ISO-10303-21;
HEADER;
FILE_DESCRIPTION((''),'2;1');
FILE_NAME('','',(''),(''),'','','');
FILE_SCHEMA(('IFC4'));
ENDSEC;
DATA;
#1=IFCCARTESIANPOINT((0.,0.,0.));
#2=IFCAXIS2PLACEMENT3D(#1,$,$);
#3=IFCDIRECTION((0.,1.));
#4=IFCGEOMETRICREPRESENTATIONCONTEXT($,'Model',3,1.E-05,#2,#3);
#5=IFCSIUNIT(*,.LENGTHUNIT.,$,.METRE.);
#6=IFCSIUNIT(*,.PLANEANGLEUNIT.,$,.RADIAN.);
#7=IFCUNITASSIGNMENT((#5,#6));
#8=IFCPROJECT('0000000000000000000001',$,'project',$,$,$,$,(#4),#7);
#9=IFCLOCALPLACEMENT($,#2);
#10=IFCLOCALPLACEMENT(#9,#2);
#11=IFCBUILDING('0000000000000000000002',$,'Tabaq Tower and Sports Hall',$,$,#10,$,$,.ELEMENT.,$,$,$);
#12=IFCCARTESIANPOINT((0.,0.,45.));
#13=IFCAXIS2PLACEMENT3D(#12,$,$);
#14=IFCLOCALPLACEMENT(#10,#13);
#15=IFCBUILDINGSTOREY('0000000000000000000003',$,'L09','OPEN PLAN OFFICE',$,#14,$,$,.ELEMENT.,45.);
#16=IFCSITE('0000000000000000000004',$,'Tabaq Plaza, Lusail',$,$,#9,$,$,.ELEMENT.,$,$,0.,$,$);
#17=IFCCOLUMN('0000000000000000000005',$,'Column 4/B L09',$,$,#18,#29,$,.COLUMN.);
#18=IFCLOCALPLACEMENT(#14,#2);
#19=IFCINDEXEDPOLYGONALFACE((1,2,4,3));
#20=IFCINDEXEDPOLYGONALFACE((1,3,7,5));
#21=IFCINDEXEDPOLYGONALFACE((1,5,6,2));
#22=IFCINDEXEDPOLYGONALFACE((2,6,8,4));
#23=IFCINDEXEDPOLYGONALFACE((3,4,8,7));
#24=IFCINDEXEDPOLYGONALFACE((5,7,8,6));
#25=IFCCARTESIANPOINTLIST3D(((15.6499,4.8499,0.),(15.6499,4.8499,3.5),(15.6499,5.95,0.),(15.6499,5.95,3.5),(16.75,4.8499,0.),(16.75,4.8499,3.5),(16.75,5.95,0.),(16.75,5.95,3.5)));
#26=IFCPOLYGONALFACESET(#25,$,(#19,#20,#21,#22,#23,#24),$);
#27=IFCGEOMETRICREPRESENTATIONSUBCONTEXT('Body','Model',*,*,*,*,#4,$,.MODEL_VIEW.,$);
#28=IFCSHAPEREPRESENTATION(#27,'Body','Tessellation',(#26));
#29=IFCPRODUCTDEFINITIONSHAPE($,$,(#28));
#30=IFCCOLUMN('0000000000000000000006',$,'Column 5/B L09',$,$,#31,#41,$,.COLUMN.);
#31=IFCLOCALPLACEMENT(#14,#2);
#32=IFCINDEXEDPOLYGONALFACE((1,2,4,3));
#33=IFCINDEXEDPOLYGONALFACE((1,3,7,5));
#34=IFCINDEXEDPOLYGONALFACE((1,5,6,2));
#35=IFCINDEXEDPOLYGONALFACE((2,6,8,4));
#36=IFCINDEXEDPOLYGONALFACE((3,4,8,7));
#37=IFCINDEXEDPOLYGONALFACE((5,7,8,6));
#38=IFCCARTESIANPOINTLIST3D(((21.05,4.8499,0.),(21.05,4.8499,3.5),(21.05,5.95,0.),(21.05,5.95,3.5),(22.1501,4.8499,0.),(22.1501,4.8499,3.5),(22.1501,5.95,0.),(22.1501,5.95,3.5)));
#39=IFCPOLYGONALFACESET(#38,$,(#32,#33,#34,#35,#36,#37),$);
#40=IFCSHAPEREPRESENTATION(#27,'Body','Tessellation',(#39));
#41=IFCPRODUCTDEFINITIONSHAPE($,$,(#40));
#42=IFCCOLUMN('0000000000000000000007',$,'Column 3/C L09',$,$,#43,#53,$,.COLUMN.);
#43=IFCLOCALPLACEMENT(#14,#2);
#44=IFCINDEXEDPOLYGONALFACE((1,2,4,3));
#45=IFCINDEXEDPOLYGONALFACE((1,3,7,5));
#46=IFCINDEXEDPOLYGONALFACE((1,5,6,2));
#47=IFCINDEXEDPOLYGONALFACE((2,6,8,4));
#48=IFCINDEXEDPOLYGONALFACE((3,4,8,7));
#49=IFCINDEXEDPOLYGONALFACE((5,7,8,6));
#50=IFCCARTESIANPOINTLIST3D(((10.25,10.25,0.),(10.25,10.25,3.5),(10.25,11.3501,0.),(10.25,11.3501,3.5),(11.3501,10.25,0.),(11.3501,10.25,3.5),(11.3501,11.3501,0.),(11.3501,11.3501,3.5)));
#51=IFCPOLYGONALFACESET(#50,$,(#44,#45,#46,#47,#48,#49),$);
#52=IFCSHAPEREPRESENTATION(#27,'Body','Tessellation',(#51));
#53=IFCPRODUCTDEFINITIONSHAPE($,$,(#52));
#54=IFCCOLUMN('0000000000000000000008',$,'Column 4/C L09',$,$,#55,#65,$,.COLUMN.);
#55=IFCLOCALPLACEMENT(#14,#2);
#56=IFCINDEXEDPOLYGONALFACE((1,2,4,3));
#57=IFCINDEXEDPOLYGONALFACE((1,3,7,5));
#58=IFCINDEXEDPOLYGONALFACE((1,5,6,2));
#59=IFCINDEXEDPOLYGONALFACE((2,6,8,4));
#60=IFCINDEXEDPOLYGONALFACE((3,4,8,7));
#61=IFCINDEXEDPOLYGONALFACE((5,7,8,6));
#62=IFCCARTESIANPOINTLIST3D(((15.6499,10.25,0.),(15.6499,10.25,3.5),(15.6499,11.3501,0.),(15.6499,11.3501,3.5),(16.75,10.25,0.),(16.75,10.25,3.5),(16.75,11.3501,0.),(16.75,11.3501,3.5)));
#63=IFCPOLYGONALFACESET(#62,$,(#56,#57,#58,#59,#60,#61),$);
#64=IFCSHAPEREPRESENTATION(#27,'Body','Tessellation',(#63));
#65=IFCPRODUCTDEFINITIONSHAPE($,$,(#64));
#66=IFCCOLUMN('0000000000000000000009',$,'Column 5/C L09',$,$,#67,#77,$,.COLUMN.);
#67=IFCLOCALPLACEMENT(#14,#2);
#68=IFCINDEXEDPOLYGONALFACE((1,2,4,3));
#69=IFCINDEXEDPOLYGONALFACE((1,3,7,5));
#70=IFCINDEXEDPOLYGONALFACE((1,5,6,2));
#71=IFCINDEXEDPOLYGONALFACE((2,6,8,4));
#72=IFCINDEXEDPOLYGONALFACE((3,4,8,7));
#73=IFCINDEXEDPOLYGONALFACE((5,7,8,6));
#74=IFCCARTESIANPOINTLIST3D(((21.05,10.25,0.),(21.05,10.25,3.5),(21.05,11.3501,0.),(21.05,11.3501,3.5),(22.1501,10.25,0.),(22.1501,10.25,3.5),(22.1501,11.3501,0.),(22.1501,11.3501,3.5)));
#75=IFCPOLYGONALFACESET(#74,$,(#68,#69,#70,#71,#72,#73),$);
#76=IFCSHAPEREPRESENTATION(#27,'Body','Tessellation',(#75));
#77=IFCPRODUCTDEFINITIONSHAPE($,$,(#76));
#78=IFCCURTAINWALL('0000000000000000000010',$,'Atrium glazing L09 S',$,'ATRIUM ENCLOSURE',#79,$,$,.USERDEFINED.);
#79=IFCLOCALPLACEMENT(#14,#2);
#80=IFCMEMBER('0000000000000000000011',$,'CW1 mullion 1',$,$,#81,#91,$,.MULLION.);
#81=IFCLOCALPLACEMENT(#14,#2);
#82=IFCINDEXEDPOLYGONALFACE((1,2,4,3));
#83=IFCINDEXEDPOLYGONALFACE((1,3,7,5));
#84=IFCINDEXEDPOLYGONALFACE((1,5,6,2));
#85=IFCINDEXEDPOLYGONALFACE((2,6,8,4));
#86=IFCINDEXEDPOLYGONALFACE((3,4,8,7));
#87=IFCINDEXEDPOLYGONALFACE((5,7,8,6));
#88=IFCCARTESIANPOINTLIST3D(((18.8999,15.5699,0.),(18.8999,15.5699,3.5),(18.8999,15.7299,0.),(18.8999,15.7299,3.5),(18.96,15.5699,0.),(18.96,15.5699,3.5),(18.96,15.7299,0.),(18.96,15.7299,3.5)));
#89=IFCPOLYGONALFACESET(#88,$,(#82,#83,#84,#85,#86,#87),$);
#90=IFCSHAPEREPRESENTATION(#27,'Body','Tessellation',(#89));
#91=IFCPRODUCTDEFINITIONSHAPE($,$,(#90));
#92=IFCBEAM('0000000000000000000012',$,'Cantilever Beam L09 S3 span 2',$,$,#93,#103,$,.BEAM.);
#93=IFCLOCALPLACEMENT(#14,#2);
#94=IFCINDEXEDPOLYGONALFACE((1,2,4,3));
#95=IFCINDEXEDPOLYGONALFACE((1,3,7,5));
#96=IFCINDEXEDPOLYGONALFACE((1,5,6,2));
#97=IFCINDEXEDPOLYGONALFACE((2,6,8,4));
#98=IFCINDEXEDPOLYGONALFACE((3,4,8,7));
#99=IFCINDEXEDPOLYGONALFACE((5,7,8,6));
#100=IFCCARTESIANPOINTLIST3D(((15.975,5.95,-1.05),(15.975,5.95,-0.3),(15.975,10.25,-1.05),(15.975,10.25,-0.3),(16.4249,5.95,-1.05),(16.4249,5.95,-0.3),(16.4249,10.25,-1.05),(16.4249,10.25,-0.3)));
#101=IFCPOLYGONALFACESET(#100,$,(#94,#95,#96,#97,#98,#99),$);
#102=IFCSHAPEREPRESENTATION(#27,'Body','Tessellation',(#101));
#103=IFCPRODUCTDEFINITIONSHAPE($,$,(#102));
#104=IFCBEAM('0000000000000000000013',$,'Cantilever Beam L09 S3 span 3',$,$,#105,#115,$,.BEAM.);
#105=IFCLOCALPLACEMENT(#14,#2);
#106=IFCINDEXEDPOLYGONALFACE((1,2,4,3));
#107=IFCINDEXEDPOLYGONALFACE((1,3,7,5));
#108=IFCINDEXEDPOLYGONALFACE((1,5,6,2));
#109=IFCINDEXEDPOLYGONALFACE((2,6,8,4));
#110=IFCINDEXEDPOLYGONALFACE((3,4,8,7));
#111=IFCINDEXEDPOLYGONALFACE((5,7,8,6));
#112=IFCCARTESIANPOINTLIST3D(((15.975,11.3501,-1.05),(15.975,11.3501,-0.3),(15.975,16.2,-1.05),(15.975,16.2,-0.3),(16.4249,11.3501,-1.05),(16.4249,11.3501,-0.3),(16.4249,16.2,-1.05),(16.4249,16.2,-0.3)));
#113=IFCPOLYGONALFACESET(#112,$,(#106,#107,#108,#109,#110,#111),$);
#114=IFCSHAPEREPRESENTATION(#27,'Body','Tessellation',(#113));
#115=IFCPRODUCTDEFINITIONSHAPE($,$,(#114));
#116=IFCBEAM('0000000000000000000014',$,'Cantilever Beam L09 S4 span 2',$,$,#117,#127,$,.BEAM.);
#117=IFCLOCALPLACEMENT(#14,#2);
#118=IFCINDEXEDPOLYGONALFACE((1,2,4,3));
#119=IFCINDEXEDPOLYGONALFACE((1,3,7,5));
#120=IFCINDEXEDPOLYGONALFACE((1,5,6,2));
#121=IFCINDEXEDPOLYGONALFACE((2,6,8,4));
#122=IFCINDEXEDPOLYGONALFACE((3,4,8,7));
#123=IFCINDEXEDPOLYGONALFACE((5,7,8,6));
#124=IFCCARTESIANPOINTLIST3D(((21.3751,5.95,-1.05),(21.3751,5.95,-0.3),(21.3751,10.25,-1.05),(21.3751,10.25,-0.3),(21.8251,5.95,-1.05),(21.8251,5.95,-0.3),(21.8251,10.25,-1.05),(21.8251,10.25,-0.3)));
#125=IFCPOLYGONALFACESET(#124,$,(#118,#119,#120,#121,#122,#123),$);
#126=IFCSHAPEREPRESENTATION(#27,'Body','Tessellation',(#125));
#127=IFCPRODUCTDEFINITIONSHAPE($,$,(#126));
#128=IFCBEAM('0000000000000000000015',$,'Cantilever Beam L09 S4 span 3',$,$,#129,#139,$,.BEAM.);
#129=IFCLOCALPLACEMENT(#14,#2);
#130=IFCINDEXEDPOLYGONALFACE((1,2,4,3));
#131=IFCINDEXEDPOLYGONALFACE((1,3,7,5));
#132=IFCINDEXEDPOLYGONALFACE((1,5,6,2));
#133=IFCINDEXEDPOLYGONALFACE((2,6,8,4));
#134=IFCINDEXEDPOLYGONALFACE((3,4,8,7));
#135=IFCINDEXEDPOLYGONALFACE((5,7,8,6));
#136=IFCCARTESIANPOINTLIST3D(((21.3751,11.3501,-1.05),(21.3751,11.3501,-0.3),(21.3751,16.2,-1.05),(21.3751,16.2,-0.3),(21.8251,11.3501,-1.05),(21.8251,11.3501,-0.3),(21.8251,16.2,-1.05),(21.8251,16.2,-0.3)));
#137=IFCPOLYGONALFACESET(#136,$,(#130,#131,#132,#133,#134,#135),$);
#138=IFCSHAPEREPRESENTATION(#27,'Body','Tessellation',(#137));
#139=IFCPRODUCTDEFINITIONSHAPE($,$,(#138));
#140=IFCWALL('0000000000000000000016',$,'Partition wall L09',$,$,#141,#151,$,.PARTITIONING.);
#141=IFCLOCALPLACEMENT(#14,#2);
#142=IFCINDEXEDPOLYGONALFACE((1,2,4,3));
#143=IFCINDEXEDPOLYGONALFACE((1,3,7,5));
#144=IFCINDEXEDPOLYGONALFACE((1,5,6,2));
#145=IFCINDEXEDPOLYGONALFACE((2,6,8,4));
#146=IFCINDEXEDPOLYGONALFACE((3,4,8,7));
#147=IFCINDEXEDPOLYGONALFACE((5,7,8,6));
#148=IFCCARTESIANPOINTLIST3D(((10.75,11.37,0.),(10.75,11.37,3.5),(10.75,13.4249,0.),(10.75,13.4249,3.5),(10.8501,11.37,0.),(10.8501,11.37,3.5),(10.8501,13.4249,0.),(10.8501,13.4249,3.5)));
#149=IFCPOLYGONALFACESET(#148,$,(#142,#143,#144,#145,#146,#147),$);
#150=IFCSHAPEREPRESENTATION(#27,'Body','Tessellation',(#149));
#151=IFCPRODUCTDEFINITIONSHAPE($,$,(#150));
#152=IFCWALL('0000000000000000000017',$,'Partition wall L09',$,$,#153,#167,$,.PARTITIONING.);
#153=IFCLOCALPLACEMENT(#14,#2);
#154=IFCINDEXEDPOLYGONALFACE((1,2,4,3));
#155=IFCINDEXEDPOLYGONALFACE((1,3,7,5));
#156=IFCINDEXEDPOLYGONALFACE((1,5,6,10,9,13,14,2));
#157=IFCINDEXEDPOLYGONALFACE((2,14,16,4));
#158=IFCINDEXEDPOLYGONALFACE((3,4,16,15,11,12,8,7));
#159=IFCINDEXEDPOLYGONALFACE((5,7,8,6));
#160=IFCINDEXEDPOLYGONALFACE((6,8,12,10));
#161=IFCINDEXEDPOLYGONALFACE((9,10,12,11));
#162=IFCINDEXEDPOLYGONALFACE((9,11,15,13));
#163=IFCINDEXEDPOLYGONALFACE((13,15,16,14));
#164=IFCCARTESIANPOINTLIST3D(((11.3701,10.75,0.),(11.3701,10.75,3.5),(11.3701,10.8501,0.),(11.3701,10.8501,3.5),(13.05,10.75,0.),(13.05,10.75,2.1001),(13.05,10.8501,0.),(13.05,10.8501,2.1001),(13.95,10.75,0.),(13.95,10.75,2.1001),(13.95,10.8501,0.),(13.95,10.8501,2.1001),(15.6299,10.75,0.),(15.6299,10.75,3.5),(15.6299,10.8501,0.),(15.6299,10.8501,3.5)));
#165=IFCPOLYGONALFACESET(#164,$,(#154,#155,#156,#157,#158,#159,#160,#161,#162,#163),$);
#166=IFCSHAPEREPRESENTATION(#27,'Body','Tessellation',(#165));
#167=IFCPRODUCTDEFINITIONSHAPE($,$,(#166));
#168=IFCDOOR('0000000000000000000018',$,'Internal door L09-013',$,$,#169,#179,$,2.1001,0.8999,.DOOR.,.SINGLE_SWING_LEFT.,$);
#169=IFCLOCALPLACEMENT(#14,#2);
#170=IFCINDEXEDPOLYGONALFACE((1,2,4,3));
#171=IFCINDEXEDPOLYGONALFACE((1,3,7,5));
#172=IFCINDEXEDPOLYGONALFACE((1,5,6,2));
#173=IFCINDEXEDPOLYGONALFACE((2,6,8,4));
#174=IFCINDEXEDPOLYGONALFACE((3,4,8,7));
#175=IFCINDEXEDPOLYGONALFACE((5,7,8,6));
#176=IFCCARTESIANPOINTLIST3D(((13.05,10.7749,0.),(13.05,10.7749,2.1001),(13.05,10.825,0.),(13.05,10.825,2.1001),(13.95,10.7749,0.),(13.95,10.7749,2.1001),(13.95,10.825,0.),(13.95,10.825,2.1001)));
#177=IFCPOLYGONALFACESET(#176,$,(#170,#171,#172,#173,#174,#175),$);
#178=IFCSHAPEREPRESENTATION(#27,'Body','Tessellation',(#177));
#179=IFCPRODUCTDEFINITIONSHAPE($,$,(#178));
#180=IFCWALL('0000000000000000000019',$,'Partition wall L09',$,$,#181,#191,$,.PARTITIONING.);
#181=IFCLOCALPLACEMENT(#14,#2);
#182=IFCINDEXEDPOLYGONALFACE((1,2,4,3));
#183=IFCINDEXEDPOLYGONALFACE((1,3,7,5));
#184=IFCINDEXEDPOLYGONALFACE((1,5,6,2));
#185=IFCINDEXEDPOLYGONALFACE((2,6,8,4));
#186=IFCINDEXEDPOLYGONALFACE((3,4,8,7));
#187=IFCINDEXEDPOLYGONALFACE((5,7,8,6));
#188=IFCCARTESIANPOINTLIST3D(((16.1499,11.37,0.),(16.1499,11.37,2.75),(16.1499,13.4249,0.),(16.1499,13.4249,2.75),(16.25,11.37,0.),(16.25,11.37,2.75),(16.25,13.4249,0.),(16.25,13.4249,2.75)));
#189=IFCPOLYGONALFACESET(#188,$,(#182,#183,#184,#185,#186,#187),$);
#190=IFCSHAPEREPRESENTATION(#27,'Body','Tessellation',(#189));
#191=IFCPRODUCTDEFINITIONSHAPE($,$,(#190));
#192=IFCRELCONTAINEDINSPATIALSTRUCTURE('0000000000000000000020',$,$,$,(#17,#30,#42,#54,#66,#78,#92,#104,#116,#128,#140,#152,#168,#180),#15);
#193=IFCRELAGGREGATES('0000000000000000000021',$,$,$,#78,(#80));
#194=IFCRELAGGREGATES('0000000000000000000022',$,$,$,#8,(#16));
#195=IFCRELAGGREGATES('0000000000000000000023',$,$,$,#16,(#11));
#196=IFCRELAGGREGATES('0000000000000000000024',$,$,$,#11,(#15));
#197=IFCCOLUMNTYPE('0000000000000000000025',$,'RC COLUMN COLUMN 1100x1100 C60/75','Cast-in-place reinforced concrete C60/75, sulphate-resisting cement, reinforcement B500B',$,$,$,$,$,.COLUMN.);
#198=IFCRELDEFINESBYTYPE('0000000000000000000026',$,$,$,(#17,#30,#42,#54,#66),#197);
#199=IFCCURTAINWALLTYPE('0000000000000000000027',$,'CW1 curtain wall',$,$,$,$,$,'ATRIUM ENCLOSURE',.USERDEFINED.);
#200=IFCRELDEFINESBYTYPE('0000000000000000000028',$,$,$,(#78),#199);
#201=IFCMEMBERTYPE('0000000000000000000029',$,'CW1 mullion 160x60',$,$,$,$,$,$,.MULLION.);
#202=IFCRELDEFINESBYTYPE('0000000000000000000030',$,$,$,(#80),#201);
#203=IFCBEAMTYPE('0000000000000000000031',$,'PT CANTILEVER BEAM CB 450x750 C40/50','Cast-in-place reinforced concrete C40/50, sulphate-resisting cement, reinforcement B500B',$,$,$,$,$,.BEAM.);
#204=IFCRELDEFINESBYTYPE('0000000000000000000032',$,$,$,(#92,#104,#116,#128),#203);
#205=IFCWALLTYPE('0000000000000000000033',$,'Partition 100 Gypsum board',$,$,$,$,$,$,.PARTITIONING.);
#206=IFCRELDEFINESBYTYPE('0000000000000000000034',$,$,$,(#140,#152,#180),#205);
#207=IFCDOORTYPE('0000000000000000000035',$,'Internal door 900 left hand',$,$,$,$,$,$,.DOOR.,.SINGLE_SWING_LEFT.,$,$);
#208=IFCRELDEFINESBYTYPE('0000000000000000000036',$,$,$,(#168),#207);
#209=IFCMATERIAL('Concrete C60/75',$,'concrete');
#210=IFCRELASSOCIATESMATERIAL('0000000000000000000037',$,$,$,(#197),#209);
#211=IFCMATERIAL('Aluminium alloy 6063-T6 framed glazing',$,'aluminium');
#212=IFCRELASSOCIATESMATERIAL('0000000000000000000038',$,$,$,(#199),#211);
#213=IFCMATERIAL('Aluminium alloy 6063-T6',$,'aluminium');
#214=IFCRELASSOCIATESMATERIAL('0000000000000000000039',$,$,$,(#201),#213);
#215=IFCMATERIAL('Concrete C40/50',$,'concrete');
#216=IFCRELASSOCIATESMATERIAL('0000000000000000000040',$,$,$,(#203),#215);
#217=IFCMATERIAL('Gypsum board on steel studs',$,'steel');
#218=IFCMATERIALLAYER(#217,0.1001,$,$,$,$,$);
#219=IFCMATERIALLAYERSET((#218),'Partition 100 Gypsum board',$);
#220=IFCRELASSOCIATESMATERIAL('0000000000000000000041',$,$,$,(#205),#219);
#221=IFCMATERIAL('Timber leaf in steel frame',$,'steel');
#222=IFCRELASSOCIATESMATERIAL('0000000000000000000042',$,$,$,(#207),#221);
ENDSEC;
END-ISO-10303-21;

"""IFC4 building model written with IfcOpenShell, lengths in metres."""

from ifc_helpers import new_model, si_unit, direction, frame, frame_2d, origin, origin_2d, place, context, subcontext, project, spatial, rectangle, extrude, material, layer, layer_set, material_profile, profile_set, type_object, element, fill, aggregate, save


model = new_model("IFC4")

# Units and contexts
model_context = context("Model", 3, precision=1e-05, world=origin(), true_north=direction((0.0, 1.0)))
body_context = subcontext(model_context, "Body", "Model", "MODEL_VIEW")
ifc_project = project(units=[si_unit("LENGTHUNIT", "METRE"), si_unit("PLANEANGLEUNIT", "RADIAN")], contexts=[model_context])

# Site, building, storey
site_placement = place(None, origin())
site = spatial("IfcSite", under=ifc_project, at=site_placement, Name="Tabaq Plaza, Lusail", CompositionType="ELEMENT", RefElevation=0.0)
building_placement = place(site_placement, origin())
building = spatial("IfcBuilding", under=site, at=building_placement, Name="Tabaq Tower and Sports Hall", CompositionType="ELEMENT")
storey_placement = place(building_placement, frame((0.0, 0.0, 45.0)))
storey = spatial("IfcBuildingStorey", under=building, at=storey_placement, Name="L09", Description="OPEN PLAN OFFICE", CompositionType="ELEMENT", Elevation=45.0)

# Columns
ifc_material_1 = material(Name="Concrete C60/75", Category="concrete")
ifc_material_profile_1 = material_profile(ifc_material_1, rectangle(XDim=1.1001, YDim=1.1001, at=origin_2d()), Name="COLUMN 1100x1100")
ifc_profile_set_1 = profile_set([ifc_material_profile_1], Name="Concrete C60/75")
column_type = type_object("IfcColumnType", Name="RC COLUMN COLUMN 1100x1100 C60/75", Description="Cast-in-place reinforced concrete C60/75, sulphate-resisting cement, reinforcement B500B", PredefinedType="COLUMN", material=ifc_profile_set_1)
for number, where, z_axis, x_axis, name in (
    (1, (16.2, 5.3999, 0.0), (0.0, 0.0, 1.0), (1.0, 0.0, 0.0), "Column 4/B L09"),
    (2, (21.6001, 5.3999, 0.0), (0.0, 0.0, 1.0), (1.0, 0.0, 0.0), "Column 5/B L09"),
    (3, (10.8, 10.8, 0.0), (0.0, 0.0, 1.0), (1.0, 0.0, 0.0), "Column 3/C L09"),
    (4, (16.2, 10.8, 0.0), (0.0, 0.0, 1.0), (1.0, 0.0, 0.0), "Column 4/C L09"),
    (5, (21.6001, 10.8, 0.0), (0.0, 0.0, 1.0), (1.0, 0.0, 0.0), "Column 5/C L09"),
):
    element("IfcColumn", number, at=place(storey_placement, frame(where, z_axis=z_axis, x_axis=x_axis)), inside=storey, type_object=column_type, Name=name, PredefinedType="COLUMN", context=body_context, shape_type="SweptSolid", body=[
        extrude(rectangle(XDim=1.1001, YDim=1.1001, at=origin_2d()), origin(), (0.0, 0.0, 1.0), 3.5),
    ])

# Curtain wall, member
ifc_material_2 = material(Name="Aluminium alloy 6063-T6 framed glazing", Category="aluminium")
curtain_wall_type = type_object("IfcCurtainWallType", Name="CW1 curtain wall", ElementType="ATRIUM ENCLOSURE", PredefinedType="USERDEFINED", material=ifc_material_2)
curtain_wall_placement = place(storey_placement, origin())
curtain_wall = element("IfcCurtainWall", 6, at=curtain_wall_placement, inside=storey, type_object=curtain_wall_type, Name="Atrium glazing L09 S", ObjectType="ATRIUM ENCLOSURE", PredefinedType="USERDEFINED")
ifc_material_3 = material(Name="Aluminium alloy 6063-T6", Category="aluminium")
ifc_material_profile_2 = material_profile(ifc_material_3, rectangle(XDim=0.1599, YDim=0.0601, at=origin_2d()), Name="MULLION 160x60")
ifc_profile_set_2 = profile_set([ifc_material_profile_2], Name="Aluminium alloy 6063-T6")
member_type = type_object("IfcMemberType", Name="CW1 mullion 160x60", PredefinedType="MULLION", material=ifc_profile_set_2)
member_placement = place(storey_placement, frame((18.9299, 15.6499, 0.0), z_axis=(0.0, 0.0, 1.0), x_axis=(0.0, 1.0, 0.0)))
member = element("IfcMember", 7, at=member_placement, type_object=member_type, Name="CW1 mullion 1", PredefinedType="MULLION", context=body_context, shape_type="SweptSolid", body=[
    extrude(rectangle(XDim=0.1599, YDim=0.0601, at=origin_2d()), origin(), (0.0, 0.0, 1.0), 3.5),
])
aggregate(curtain_wall, [member])

# Beams
ifc_material_4 = material(Name="Concrete C40/50", Category="concrete")
ifc_material_profile_3 = material_profile(ifc_material_4, rectangle(XDim=0.45, YDim=0.75, at=origin_2d()), Name="CB 450x750")
ifc_profile_set_3 = profile_set([ifc_material_profile_3], Name="Concrete C40/50")
beam_type = type_object("IfcBeamType", Name="PT CANTILEVER BEAM CB 450x750 C40/50", Description="Cast-in-place reinforced concrete C40/50, sulphate-resisting cement, reinforcement B500B", PredefinedType="BEAM", material=ifc_profile_set_3)
beam_1_placement = place(storey_placement, frame((16.2, 5.95, -0.675), z_axis=(0.0, 1.0, 0.0), x_axis=(-1.0, 0.0, 0.0)))
element("IfcBeam", 8, at=beam_1_placement, inside=storey, type_object=beam_type, Name="Cantilever Beam L09 S3 span 2", PredefinedType="BEAM", context=body_context, shape_type="SweptSolid", body=[
    extrude(rectangle(XDim=0.45, YDim=0.75, at=origin_2d()), origin(), (0.0, 0.0, 1.0), 4.3),
])
beam_2_placement = place(storey_placement, frame((16.2, 11.3501, -0.675), z_axis=(0.0, 1.0, 0.0), x_axis=(-1.0, 0.0, 0.0)))
element("IfcBeam", 9, at=beam_2_placement, inside=storey, type_object=beam_type, Name="Cantilever Beam L09 S3 span 3", PredefinedType="BEAM", context=body_context, shape_type="SweptSolid", body=[
    extrude(rectangle(XDim=0.45, YDim=0.75, at=origin_2d()), origin(), (0.0, 0.0, 1.0), 4.8499),
])
beam_3_placement = place(storey_placement, frame((21.6001, 5.95, -0.675), z_axis=(0.0, 1.0, 0.0), x_axis=(-1.0, 0.0, 0.0)))
element("IfcBeam", 10, at=beam_3_placement, inside=storey, type_object=beam_type, Name="Cantilever Beam L09 S4 span 2", PredefinedType="BEAM", context=body_context, shape_type="SweptSolid", body=[
    extrude(rectangle(XDim=0.45, YDim=0.75, at=origin_2d()), origin(), (0.0, 0.0, 1.0), 4.3),
])
beam_4_placement = place(storey_placement, frame((21.6001, 11.3501, -0.675), z_axis=(0.0, 1.0, 0.0), x_axis=(-1.0, 0.0, 0.0)))
element("IfcBeam", 11, at=beam_4_placement, inside=storey, type_object=beam_type, Name="Cantilever Beam L09 S4 span 3", PredefinedType="BEAM", context=body_context, shape_type="SweptSolid", body=[
    extrude(rectangle(XDim=0.45, YDim=0.75, at=origin_2d()), origin(), (0.0, 0.0, 1.0), 4.8499),
])

# Wall
ifc_material_5 = material(Name="Gypsum board on steel studs", Category="steel")
ifc_layer = layer(ifc_material_5, 0.1001)
ifc_layer_set = layer_set([ifc_layer], Name="Partition 100 Gypsum board")
wall_type = type_object("IfcWallType", Name="Partition 100 Gypsum board", PredefinedType="PARTITIONING", material=ifc_layer_set)
wall_1_placement = place(storey_placement, frame((10.8, 11.3701, 0.0), z_axis=(0.0, 0.0, 1.0), x_axis=(0.0, 1.0, 0.0)))
element("IfcWall", 12, at=wall_1_placement, inside=storey, type_object=wall_type, Name="Partition wall L09", PredefinedType="PARTITIONING", context=body_context, shape_type="SweptSolid", body=[
    extrude(rectangle(XDim=2.0549, YDim=0.1001, at=frame_2d((1.0273, 0.0))), origin(), (0.0, 0.0, 1.0), 3.5),
])

# Wall, opening, door
wall_2_placement = place(storey_placement, frame((11.3701, 10.8, 0.0), z_axis=(0.0, 0.0, 1.0), x_axis=(1.0, 0.0, 0.0)))
wall_2 = element("IfcWall", 13, at=wall_2_placement, inside=storey, type_object=wall_type, Name="Partition wall L09", PredefinedType="PARTITIONING", context=body_context, shape_type="SweptSolid", body=[
    extrude(rectangle(XDim=4.2598, YDim=0.1001, at=frame_2d((2.1299, 0.0))), origin(), (0.0, 0.0, 1.0), 3.5),
])
opening_1_placement = place(wall_2_placement, frame((1.6799, 0.0, 0.0)))
opening_1 = element("IfcOpeningElement", 14, at=opening_1_placement, cuts=wall_2, PredefinedType="OPENING", context=body_context, shape_type="SweptSolid", body=[
    extrude(rectangle(XDim=0.8999, YDim=2.1001, at=frame_2d((0.45, 1.05))), frame((0.0, 0.05, 0.0), z_axis=(0.0, -1.0, 0.0), x_axis=(1.0, 0.0, 0.0)), (0.0, 0.0, 1.0), 0.1001),
])
ifc_material_6 = material(Name="Timber leaf in steel frame", Category="steel")
door_type_1 = type_object("IfcDoorType", Name="Internal door 900 left hand", OperationType="SINGLE_SWING_LEFT", PredefinedType="DOOR", material=ifc_material_6)
door_1_placement = place(opening_1_placement, origin())
door_1 = element("IfcDoor", 15, at=door_1_placement, inside=storey, type_object=door_type_1, Name="Internal door L09-013", OperationType="SINGLE_SWING_LEFT", OverallHeight=2.1001, OverallWidth=0.8999, PredefinedType="DOOR", context=body_context, shape_type="SweptSolid", body=[
    extrude(rectangle(XDim=0.8999, YDim=2.1001, at=frame_2d((0.45, 1.05))), frame((0.0, 0.0249, 0.0), z_axis=(0.0, -1.0, 0.0), x_axis=(1.0, 0.0, 0.0)), (0.0, 0.0, 1.0), 0.05),
])
fill(opening_1, door_1)

# Wall
wall_3_placement = place(storey_placement, frame((16.2, 11.3701, 0.0), z_axis=(0.0, 0.0, 1.0), x_axis=(0.0, 1.0, 0.0)))
element("IfcWall", 16, at=wall_3_placement, inside=storey, type_object=wall_type, Name="Partition wall L09", PredefinedType="PARTITIONING", context=body_context, shape_type="SweptSolid", body=[
    extrude(rectangle(XDim=2.0549, YDim=0.1001, at=frame_2d((1.0273, 0.0))), origin(), (0.0, 0.0, 1.0), 2.75),
])

save(model, "model.ifc")
